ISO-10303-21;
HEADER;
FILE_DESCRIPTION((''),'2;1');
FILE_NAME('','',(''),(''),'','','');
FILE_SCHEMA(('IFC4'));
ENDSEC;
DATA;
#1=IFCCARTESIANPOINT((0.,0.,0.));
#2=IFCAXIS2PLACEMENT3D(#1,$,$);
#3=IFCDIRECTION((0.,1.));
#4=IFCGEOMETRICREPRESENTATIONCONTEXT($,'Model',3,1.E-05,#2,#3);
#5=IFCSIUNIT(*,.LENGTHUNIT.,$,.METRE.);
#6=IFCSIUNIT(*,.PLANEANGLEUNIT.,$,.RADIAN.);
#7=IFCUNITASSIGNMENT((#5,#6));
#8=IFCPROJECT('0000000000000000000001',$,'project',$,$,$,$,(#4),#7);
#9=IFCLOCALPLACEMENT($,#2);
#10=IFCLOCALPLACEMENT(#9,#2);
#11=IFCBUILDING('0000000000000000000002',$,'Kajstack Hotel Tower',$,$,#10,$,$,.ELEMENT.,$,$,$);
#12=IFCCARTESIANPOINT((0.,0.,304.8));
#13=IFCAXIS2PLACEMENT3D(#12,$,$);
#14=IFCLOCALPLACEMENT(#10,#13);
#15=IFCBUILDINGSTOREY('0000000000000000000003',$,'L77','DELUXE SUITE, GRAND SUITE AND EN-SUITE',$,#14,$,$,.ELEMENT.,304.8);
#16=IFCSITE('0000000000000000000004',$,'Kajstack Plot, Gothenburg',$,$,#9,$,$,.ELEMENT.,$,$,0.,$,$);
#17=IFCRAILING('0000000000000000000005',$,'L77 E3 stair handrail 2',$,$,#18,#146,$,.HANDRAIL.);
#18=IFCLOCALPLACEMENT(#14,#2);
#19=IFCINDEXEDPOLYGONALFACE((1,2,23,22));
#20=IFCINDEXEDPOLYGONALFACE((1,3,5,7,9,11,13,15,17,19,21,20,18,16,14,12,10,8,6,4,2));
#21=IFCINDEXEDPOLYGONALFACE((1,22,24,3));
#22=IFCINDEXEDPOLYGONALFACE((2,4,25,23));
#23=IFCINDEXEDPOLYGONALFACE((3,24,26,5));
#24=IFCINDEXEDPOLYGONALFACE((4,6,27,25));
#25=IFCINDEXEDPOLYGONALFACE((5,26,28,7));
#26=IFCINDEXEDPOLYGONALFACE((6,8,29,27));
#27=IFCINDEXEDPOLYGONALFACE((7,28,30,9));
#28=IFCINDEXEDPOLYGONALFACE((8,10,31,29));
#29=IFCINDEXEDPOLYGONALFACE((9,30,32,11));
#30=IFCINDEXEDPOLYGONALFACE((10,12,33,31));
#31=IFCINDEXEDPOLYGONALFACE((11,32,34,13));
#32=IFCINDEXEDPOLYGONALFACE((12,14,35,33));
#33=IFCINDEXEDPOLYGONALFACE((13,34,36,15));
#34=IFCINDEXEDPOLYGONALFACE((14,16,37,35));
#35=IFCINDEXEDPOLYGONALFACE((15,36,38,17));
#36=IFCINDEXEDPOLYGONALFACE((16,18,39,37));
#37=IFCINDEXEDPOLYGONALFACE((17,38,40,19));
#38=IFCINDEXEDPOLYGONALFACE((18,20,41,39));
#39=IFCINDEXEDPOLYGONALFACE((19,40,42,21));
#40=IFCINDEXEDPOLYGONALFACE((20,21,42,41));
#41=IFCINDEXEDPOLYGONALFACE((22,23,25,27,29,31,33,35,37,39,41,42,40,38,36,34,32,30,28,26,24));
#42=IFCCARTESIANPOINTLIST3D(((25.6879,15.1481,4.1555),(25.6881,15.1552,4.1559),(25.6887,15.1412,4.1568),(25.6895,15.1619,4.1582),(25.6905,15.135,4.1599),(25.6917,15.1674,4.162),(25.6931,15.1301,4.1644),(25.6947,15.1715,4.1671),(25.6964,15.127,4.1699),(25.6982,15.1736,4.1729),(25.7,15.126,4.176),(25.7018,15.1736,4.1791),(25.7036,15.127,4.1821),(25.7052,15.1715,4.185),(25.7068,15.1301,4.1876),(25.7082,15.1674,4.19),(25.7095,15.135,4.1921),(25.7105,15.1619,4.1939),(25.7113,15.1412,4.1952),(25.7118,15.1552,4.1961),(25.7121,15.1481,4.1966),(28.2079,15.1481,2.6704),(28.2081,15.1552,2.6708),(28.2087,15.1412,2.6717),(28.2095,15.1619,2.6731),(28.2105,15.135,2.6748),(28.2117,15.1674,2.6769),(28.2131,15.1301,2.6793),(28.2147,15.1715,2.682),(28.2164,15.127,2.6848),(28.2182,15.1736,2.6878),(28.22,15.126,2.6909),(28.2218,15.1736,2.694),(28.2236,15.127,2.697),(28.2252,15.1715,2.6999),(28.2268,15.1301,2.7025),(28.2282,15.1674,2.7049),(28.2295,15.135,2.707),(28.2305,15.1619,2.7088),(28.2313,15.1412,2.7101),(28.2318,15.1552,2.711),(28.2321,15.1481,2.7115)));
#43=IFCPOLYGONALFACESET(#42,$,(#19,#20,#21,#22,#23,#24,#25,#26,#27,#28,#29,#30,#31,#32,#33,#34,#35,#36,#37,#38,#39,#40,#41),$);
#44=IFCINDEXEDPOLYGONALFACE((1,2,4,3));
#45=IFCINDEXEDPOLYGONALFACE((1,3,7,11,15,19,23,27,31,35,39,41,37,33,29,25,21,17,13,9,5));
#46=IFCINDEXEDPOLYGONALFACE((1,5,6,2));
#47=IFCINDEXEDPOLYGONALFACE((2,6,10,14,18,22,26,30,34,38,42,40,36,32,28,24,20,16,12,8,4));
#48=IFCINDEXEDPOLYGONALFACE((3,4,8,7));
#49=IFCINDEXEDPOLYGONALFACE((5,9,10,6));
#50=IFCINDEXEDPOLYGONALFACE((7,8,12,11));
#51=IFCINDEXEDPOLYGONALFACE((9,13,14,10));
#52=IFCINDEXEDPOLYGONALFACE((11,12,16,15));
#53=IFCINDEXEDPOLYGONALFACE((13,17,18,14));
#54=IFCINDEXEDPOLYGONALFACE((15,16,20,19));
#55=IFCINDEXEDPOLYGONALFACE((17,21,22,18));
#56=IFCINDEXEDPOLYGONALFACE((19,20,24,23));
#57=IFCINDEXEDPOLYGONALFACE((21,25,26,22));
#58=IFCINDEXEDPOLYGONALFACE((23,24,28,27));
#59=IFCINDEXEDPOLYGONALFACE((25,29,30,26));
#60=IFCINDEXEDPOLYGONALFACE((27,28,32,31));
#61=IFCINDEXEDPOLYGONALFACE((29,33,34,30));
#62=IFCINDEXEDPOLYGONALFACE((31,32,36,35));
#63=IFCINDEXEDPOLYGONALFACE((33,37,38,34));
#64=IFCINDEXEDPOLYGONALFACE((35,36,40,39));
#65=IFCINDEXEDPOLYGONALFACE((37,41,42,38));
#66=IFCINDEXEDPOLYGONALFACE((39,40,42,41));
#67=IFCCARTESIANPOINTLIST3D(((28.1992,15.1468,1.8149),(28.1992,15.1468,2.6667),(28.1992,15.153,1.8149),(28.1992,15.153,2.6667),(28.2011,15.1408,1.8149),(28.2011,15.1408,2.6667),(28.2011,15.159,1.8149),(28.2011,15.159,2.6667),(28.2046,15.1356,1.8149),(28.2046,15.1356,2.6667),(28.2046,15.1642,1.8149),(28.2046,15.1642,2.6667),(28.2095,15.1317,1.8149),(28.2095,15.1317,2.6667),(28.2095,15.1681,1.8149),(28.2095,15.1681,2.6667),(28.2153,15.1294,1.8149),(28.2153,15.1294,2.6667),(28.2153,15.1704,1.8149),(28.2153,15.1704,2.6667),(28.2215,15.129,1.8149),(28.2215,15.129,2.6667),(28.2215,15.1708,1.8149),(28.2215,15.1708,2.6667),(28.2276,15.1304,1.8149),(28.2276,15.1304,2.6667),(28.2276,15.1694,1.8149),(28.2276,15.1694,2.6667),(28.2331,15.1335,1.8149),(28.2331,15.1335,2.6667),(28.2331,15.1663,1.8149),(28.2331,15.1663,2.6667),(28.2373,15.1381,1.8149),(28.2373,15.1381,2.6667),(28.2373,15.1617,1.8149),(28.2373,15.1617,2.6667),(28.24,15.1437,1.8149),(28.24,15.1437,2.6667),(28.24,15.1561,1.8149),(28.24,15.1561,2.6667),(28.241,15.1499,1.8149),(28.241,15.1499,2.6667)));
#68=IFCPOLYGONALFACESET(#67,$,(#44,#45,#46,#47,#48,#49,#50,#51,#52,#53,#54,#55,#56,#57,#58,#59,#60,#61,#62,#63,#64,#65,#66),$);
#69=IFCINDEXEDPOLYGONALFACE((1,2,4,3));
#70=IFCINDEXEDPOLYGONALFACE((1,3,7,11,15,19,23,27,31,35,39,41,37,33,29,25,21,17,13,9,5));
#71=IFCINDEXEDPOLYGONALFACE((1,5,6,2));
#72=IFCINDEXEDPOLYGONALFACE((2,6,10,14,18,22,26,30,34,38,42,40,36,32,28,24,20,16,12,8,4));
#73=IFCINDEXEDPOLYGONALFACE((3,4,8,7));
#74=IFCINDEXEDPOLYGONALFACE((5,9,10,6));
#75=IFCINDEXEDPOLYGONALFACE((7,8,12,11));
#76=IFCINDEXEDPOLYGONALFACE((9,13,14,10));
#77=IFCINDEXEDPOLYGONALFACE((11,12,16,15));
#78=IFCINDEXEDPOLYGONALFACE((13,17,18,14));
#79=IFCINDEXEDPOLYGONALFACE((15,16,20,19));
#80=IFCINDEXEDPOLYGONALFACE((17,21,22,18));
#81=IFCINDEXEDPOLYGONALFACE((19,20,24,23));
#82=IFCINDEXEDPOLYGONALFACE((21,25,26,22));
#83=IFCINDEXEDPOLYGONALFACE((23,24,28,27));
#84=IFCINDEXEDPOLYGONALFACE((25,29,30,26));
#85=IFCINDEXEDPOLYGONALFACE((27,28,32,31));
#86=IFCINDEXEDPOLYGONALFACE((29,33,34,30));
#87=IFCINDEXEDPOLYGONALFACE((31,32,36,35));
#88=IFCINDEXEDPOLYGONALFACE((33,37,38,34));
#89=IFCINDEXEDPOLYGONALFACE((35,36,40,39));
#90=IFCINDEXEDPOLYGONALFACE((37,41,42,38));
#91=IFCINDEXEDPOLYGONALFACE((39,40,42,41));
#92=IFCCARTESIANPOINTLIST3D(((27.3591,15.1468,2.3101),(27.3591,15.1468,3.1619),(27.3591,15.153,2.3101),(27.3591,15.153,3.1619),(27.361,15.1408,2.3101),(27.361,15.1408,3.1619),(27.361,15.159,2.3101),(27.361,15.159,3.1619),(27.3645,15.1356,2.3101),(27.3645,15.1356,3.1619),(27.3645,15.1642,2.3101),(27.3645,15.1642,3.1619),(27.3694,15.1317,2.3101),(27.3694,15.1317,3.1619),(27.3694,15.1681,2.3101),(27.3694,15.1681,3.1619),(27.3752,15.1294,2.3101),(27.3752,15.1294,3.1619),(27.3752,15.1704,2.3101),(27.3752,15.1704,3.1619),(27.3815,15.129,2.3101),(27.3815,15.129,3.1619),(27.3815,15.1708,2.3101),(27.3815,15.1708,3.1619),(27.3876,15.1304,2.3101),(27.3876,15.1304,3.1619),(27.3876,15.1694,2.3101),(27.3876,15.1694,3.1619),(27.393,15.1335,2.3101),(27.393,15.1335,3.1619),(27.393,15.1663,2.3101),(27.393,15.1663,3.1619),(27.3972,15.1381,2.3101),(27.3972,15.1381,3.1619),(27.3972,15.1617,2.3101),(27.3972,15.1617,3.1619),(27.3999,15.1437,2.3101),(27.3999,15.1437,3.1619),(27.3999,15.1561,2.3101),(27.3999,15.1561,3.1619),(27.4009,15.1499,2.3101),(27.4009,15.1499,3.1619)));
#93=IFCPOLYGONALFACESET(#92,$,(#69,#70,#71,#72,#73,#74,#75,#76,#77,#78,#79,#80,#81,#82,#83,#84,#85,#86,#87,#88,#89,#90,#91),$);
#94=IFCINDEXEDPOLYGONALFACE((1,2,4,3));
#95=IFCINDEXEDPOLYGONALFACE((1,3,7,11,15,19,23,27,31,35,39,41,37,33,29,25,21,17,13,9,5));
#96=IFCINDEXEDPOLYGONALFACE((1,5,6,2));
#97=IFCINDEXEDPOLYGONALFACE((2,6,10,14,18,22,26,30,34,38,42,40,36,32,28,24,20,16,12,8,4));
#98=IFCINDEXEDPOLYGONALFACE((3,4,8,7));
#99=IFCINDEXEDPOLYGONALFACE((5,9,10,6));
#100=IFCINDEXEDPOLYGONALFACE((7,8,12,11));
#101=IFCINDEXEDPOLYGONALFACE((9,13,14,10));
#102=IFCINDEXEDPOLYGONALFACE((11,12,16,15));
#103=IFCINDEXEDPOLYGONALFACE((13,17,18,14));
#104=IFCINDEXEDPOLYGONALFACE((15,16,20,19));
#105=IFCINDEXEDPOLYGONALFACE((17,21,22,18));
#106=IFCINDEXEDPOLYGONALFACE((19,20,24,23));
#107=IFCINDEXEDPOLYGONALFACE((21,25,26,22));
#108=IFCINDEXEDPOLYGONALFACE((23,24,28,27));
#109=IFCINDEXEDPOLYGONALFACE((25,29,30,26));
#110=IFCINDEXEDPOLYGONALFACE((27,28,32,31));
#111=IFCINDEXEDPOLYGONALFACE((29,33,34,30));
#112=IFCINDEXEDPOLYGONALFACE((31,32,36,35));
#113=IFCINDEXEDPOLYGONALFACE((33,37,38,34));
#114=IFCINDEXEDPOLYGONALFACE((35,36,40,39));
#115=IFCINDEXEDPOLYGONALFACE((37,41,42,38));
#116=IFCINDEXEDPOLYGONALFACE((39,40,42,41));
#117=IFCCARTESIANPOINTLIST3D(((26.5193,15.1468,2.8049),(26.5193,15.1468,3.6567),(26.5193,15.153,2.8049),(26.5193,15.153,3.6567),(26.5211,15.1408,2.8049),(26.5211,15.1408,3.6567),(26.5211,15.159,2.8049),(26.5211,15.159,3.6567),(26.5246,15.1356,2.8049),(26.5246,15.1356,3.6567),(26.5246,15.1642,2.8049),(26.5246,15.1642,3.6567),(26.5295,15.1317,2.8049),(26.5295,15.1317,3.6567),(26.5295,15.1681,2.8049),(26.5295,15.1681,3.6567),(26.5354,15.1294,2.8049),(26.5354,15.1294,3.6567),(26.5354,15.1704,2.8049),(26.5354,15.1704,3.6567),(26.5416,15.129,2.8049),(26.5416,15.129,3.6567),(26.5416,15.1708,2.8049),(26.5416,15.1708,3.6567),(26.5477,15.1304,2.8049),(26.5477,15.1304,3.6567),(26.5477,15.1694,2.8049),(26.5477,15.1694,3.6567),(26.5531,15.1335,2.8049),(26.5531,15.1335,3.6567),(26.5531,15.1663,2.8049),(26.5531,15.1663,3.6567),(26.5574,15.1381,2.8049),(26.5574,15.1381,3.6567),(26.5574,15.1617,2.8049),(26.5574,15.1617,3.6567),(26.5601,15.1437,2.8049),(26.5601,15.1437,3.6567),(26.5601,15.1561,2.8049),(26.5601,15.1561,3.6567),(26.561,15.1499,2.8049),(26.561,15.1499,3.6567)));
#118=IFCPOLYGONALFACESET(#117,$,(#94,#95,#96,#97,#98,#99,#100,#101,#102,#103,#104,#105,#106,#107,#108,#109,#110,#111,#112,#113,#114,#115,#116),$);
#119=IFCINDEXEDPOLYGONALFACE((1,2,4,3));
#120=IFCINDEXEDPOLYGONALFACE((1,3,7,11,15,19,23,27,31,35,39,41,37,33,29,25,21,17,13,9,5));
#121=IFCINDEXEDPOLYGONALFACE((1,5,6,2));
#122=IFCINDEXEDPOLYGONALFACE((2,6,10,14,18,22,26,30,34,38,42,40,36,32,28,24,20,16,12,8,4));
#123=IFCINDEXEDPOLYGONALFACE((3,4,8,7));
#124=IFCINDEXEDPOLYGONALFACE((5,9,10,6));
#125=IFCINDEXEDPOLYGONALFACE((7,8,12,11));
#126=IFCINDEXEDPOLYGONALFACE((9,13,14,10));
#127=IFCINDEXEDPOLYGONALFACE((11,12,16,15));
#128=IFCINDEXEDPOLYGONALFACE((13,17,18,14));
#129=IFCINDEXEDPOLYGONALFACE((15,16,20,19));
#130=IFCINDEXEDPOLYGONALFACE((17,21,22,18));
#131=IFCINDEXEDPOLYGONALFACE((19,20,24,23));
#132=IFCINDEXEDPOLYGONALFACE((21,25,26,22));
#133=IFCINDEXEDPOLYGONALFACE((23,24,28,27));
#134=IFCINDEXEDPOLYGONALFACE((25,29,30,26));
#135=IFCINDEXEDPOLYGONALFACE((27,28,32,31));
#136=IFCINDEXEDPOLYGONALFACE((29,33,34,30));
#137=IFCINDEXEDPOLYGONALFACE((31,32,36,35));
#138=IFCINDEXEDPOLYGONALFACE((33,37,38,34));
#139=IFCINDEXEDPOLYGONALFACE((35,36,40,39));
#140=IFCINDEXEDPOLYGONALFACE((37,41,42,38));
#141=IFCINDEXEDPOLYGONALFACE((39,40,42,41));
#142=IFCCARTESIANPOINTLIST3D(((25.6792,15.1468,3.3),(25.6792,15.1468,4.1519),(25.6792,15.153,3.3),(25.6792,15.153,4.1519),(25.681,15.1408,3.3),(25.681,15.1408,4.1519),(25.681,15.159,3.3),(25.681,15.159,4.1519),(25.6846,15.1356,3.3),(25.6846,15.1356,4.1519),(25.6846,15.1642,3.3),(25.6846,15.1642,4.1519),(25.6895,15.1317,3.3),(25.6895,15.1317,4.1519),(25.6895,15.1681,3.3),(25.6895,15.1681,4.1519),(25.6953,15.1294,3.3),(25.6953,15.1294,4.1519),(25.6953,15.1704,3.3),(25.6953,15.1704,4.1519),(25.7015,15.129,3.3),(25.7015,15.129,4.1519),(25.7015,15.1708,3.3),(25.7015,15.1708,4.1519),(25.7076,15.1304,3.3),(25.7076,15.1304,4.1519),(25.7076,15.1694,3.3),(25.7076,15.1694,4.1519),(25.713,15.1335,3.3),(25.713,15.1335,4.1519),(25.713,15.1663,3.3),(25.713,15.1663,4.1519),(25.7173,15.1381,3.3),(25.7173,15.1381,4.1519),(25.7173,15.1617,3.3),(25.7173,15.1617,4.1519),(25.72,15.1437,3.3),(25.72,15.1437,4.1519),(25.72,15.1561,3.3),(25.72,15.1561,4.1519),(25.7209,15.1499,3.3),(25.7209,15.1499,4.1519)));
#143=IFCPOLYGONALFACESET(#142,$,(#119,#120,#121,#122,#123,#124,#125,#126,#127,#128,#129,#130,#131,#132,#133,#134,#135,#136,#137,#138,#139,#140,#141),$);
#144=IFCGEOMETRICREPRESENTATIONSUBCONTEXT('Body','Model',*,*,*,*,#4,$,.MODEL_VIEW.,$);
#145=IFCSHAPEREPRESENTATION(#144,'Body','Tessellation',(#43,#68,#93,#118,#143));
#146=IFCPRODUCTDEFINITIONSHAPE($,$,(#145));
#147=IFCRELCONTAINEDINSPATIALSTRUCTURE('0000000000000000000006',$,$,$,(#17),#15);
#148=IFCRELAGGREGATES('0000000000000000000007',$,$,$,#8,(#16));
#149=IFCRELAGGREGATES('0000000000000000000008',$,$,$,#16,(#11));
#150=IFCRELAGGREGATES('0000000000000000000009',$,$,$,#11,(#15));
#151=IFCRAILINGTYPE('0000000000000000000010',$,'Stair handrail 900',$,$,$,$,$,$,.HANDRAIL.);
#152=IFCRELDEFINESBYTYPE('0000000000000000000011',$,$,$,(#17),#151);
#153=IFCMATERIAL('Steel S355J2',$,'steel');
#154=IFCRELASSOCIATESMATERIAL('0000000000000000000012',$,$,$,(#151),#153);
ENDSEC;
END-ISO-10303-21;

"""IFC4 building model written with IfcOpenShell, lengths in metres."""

from ifc_helpers import new_model, si_unit, direction, frame, origin, origin_2d, place, context, subcontext, project, spatial, circle, extrude, material, type_object, element, save


model = new_model("IFC4")

# Units and contexts
model_context = context("Model", 3, precision=1e-05, world=origin(), true_north=direction((0.0, 1.0)))
body_context = subcontext(model_context, "Body", "Model", "MODEL_VIEW")
ifc_project = project(units=[si_unit("LENGTHUNIT", "METRE"), si_unit("PLANEANGLEUNIT", "RADIAN")], contexts=[model_context])

# Site, building, storey
site_placement = place(None, origin())
site = spatial("IfcSite", under=ifc_project, at=site_placement, Name="Kajstack Plot, Gothenburg", CompositionType="ELEMENT", RefElevation=0.0)
building_placement = place(site_placement, origin())
building = spatial("IfcBuilding", under=site, at=building_placement, Name="Kajstack Hotel Tower", CompositionType="ELEMENT")
storey_placement = place(building_placement, frame((0.0, 0.0, 304.8)))
storey = spatial("IfcBuildingStorey", under=building, at=storey_placement, Name="L77", Description="DELUXE SUITE, GRAND SUITE AND EN-SUITE", CompositionType="ELEMENT", Elevation=304.8)

# Railing
ifc_material_1 = material(Name="Steel S355J2", Category="steel")
railing_type_1 = type_object("IfcRailingType", Name="Stair handrail 900", PredefinedType="HANDRAIL", material=ifc_material_1)
railing_1_placement = place(storey_placement, frame((28.22, 15.1499, 1.8149)))
element("IfcRailing", 1, at=railing_1_placement, inside=storey, type_object=railing_type_1, Name="L77 E3 stair handrail 2", PredefinedType="HANDRAIL", context=body_context, shape_type="SweptSolid", body=[
    extrude(circle(Radius=0.0239, at=origin_2d()), frame((0.0, 0.0, 0.876), z_axis=(-0.861524, 0.0, 0.507717), x_axis=(0.0, -1.0, 0.0)), (0.0, 0.0, 1.0), 2.925),
    extrude(circle(Radius=0.021, at=origin_2d()), origin(), (0.0, 0.0, 1.0), 0.8518),
    extrude(circle(Radius=0.021, at=origin_2d()), frame((-0.8401, 0.0, 0.4951)), (0.0, 0.0, 1.0), 0.8518),
    extrude(circle(Radius=0.021, at=origin_2d()), frame((-1.6799, 0.0, 0.99)), (0.0, 0.0, 1.0), 0.8518),
    extrude(circle(Radius=0.021, at=origin_2d()), frame((-2.52, 0.0, 1.4851)), (0.0, 0.0, 1.0), 0.8518),
])

save(model, "model.ifc")
